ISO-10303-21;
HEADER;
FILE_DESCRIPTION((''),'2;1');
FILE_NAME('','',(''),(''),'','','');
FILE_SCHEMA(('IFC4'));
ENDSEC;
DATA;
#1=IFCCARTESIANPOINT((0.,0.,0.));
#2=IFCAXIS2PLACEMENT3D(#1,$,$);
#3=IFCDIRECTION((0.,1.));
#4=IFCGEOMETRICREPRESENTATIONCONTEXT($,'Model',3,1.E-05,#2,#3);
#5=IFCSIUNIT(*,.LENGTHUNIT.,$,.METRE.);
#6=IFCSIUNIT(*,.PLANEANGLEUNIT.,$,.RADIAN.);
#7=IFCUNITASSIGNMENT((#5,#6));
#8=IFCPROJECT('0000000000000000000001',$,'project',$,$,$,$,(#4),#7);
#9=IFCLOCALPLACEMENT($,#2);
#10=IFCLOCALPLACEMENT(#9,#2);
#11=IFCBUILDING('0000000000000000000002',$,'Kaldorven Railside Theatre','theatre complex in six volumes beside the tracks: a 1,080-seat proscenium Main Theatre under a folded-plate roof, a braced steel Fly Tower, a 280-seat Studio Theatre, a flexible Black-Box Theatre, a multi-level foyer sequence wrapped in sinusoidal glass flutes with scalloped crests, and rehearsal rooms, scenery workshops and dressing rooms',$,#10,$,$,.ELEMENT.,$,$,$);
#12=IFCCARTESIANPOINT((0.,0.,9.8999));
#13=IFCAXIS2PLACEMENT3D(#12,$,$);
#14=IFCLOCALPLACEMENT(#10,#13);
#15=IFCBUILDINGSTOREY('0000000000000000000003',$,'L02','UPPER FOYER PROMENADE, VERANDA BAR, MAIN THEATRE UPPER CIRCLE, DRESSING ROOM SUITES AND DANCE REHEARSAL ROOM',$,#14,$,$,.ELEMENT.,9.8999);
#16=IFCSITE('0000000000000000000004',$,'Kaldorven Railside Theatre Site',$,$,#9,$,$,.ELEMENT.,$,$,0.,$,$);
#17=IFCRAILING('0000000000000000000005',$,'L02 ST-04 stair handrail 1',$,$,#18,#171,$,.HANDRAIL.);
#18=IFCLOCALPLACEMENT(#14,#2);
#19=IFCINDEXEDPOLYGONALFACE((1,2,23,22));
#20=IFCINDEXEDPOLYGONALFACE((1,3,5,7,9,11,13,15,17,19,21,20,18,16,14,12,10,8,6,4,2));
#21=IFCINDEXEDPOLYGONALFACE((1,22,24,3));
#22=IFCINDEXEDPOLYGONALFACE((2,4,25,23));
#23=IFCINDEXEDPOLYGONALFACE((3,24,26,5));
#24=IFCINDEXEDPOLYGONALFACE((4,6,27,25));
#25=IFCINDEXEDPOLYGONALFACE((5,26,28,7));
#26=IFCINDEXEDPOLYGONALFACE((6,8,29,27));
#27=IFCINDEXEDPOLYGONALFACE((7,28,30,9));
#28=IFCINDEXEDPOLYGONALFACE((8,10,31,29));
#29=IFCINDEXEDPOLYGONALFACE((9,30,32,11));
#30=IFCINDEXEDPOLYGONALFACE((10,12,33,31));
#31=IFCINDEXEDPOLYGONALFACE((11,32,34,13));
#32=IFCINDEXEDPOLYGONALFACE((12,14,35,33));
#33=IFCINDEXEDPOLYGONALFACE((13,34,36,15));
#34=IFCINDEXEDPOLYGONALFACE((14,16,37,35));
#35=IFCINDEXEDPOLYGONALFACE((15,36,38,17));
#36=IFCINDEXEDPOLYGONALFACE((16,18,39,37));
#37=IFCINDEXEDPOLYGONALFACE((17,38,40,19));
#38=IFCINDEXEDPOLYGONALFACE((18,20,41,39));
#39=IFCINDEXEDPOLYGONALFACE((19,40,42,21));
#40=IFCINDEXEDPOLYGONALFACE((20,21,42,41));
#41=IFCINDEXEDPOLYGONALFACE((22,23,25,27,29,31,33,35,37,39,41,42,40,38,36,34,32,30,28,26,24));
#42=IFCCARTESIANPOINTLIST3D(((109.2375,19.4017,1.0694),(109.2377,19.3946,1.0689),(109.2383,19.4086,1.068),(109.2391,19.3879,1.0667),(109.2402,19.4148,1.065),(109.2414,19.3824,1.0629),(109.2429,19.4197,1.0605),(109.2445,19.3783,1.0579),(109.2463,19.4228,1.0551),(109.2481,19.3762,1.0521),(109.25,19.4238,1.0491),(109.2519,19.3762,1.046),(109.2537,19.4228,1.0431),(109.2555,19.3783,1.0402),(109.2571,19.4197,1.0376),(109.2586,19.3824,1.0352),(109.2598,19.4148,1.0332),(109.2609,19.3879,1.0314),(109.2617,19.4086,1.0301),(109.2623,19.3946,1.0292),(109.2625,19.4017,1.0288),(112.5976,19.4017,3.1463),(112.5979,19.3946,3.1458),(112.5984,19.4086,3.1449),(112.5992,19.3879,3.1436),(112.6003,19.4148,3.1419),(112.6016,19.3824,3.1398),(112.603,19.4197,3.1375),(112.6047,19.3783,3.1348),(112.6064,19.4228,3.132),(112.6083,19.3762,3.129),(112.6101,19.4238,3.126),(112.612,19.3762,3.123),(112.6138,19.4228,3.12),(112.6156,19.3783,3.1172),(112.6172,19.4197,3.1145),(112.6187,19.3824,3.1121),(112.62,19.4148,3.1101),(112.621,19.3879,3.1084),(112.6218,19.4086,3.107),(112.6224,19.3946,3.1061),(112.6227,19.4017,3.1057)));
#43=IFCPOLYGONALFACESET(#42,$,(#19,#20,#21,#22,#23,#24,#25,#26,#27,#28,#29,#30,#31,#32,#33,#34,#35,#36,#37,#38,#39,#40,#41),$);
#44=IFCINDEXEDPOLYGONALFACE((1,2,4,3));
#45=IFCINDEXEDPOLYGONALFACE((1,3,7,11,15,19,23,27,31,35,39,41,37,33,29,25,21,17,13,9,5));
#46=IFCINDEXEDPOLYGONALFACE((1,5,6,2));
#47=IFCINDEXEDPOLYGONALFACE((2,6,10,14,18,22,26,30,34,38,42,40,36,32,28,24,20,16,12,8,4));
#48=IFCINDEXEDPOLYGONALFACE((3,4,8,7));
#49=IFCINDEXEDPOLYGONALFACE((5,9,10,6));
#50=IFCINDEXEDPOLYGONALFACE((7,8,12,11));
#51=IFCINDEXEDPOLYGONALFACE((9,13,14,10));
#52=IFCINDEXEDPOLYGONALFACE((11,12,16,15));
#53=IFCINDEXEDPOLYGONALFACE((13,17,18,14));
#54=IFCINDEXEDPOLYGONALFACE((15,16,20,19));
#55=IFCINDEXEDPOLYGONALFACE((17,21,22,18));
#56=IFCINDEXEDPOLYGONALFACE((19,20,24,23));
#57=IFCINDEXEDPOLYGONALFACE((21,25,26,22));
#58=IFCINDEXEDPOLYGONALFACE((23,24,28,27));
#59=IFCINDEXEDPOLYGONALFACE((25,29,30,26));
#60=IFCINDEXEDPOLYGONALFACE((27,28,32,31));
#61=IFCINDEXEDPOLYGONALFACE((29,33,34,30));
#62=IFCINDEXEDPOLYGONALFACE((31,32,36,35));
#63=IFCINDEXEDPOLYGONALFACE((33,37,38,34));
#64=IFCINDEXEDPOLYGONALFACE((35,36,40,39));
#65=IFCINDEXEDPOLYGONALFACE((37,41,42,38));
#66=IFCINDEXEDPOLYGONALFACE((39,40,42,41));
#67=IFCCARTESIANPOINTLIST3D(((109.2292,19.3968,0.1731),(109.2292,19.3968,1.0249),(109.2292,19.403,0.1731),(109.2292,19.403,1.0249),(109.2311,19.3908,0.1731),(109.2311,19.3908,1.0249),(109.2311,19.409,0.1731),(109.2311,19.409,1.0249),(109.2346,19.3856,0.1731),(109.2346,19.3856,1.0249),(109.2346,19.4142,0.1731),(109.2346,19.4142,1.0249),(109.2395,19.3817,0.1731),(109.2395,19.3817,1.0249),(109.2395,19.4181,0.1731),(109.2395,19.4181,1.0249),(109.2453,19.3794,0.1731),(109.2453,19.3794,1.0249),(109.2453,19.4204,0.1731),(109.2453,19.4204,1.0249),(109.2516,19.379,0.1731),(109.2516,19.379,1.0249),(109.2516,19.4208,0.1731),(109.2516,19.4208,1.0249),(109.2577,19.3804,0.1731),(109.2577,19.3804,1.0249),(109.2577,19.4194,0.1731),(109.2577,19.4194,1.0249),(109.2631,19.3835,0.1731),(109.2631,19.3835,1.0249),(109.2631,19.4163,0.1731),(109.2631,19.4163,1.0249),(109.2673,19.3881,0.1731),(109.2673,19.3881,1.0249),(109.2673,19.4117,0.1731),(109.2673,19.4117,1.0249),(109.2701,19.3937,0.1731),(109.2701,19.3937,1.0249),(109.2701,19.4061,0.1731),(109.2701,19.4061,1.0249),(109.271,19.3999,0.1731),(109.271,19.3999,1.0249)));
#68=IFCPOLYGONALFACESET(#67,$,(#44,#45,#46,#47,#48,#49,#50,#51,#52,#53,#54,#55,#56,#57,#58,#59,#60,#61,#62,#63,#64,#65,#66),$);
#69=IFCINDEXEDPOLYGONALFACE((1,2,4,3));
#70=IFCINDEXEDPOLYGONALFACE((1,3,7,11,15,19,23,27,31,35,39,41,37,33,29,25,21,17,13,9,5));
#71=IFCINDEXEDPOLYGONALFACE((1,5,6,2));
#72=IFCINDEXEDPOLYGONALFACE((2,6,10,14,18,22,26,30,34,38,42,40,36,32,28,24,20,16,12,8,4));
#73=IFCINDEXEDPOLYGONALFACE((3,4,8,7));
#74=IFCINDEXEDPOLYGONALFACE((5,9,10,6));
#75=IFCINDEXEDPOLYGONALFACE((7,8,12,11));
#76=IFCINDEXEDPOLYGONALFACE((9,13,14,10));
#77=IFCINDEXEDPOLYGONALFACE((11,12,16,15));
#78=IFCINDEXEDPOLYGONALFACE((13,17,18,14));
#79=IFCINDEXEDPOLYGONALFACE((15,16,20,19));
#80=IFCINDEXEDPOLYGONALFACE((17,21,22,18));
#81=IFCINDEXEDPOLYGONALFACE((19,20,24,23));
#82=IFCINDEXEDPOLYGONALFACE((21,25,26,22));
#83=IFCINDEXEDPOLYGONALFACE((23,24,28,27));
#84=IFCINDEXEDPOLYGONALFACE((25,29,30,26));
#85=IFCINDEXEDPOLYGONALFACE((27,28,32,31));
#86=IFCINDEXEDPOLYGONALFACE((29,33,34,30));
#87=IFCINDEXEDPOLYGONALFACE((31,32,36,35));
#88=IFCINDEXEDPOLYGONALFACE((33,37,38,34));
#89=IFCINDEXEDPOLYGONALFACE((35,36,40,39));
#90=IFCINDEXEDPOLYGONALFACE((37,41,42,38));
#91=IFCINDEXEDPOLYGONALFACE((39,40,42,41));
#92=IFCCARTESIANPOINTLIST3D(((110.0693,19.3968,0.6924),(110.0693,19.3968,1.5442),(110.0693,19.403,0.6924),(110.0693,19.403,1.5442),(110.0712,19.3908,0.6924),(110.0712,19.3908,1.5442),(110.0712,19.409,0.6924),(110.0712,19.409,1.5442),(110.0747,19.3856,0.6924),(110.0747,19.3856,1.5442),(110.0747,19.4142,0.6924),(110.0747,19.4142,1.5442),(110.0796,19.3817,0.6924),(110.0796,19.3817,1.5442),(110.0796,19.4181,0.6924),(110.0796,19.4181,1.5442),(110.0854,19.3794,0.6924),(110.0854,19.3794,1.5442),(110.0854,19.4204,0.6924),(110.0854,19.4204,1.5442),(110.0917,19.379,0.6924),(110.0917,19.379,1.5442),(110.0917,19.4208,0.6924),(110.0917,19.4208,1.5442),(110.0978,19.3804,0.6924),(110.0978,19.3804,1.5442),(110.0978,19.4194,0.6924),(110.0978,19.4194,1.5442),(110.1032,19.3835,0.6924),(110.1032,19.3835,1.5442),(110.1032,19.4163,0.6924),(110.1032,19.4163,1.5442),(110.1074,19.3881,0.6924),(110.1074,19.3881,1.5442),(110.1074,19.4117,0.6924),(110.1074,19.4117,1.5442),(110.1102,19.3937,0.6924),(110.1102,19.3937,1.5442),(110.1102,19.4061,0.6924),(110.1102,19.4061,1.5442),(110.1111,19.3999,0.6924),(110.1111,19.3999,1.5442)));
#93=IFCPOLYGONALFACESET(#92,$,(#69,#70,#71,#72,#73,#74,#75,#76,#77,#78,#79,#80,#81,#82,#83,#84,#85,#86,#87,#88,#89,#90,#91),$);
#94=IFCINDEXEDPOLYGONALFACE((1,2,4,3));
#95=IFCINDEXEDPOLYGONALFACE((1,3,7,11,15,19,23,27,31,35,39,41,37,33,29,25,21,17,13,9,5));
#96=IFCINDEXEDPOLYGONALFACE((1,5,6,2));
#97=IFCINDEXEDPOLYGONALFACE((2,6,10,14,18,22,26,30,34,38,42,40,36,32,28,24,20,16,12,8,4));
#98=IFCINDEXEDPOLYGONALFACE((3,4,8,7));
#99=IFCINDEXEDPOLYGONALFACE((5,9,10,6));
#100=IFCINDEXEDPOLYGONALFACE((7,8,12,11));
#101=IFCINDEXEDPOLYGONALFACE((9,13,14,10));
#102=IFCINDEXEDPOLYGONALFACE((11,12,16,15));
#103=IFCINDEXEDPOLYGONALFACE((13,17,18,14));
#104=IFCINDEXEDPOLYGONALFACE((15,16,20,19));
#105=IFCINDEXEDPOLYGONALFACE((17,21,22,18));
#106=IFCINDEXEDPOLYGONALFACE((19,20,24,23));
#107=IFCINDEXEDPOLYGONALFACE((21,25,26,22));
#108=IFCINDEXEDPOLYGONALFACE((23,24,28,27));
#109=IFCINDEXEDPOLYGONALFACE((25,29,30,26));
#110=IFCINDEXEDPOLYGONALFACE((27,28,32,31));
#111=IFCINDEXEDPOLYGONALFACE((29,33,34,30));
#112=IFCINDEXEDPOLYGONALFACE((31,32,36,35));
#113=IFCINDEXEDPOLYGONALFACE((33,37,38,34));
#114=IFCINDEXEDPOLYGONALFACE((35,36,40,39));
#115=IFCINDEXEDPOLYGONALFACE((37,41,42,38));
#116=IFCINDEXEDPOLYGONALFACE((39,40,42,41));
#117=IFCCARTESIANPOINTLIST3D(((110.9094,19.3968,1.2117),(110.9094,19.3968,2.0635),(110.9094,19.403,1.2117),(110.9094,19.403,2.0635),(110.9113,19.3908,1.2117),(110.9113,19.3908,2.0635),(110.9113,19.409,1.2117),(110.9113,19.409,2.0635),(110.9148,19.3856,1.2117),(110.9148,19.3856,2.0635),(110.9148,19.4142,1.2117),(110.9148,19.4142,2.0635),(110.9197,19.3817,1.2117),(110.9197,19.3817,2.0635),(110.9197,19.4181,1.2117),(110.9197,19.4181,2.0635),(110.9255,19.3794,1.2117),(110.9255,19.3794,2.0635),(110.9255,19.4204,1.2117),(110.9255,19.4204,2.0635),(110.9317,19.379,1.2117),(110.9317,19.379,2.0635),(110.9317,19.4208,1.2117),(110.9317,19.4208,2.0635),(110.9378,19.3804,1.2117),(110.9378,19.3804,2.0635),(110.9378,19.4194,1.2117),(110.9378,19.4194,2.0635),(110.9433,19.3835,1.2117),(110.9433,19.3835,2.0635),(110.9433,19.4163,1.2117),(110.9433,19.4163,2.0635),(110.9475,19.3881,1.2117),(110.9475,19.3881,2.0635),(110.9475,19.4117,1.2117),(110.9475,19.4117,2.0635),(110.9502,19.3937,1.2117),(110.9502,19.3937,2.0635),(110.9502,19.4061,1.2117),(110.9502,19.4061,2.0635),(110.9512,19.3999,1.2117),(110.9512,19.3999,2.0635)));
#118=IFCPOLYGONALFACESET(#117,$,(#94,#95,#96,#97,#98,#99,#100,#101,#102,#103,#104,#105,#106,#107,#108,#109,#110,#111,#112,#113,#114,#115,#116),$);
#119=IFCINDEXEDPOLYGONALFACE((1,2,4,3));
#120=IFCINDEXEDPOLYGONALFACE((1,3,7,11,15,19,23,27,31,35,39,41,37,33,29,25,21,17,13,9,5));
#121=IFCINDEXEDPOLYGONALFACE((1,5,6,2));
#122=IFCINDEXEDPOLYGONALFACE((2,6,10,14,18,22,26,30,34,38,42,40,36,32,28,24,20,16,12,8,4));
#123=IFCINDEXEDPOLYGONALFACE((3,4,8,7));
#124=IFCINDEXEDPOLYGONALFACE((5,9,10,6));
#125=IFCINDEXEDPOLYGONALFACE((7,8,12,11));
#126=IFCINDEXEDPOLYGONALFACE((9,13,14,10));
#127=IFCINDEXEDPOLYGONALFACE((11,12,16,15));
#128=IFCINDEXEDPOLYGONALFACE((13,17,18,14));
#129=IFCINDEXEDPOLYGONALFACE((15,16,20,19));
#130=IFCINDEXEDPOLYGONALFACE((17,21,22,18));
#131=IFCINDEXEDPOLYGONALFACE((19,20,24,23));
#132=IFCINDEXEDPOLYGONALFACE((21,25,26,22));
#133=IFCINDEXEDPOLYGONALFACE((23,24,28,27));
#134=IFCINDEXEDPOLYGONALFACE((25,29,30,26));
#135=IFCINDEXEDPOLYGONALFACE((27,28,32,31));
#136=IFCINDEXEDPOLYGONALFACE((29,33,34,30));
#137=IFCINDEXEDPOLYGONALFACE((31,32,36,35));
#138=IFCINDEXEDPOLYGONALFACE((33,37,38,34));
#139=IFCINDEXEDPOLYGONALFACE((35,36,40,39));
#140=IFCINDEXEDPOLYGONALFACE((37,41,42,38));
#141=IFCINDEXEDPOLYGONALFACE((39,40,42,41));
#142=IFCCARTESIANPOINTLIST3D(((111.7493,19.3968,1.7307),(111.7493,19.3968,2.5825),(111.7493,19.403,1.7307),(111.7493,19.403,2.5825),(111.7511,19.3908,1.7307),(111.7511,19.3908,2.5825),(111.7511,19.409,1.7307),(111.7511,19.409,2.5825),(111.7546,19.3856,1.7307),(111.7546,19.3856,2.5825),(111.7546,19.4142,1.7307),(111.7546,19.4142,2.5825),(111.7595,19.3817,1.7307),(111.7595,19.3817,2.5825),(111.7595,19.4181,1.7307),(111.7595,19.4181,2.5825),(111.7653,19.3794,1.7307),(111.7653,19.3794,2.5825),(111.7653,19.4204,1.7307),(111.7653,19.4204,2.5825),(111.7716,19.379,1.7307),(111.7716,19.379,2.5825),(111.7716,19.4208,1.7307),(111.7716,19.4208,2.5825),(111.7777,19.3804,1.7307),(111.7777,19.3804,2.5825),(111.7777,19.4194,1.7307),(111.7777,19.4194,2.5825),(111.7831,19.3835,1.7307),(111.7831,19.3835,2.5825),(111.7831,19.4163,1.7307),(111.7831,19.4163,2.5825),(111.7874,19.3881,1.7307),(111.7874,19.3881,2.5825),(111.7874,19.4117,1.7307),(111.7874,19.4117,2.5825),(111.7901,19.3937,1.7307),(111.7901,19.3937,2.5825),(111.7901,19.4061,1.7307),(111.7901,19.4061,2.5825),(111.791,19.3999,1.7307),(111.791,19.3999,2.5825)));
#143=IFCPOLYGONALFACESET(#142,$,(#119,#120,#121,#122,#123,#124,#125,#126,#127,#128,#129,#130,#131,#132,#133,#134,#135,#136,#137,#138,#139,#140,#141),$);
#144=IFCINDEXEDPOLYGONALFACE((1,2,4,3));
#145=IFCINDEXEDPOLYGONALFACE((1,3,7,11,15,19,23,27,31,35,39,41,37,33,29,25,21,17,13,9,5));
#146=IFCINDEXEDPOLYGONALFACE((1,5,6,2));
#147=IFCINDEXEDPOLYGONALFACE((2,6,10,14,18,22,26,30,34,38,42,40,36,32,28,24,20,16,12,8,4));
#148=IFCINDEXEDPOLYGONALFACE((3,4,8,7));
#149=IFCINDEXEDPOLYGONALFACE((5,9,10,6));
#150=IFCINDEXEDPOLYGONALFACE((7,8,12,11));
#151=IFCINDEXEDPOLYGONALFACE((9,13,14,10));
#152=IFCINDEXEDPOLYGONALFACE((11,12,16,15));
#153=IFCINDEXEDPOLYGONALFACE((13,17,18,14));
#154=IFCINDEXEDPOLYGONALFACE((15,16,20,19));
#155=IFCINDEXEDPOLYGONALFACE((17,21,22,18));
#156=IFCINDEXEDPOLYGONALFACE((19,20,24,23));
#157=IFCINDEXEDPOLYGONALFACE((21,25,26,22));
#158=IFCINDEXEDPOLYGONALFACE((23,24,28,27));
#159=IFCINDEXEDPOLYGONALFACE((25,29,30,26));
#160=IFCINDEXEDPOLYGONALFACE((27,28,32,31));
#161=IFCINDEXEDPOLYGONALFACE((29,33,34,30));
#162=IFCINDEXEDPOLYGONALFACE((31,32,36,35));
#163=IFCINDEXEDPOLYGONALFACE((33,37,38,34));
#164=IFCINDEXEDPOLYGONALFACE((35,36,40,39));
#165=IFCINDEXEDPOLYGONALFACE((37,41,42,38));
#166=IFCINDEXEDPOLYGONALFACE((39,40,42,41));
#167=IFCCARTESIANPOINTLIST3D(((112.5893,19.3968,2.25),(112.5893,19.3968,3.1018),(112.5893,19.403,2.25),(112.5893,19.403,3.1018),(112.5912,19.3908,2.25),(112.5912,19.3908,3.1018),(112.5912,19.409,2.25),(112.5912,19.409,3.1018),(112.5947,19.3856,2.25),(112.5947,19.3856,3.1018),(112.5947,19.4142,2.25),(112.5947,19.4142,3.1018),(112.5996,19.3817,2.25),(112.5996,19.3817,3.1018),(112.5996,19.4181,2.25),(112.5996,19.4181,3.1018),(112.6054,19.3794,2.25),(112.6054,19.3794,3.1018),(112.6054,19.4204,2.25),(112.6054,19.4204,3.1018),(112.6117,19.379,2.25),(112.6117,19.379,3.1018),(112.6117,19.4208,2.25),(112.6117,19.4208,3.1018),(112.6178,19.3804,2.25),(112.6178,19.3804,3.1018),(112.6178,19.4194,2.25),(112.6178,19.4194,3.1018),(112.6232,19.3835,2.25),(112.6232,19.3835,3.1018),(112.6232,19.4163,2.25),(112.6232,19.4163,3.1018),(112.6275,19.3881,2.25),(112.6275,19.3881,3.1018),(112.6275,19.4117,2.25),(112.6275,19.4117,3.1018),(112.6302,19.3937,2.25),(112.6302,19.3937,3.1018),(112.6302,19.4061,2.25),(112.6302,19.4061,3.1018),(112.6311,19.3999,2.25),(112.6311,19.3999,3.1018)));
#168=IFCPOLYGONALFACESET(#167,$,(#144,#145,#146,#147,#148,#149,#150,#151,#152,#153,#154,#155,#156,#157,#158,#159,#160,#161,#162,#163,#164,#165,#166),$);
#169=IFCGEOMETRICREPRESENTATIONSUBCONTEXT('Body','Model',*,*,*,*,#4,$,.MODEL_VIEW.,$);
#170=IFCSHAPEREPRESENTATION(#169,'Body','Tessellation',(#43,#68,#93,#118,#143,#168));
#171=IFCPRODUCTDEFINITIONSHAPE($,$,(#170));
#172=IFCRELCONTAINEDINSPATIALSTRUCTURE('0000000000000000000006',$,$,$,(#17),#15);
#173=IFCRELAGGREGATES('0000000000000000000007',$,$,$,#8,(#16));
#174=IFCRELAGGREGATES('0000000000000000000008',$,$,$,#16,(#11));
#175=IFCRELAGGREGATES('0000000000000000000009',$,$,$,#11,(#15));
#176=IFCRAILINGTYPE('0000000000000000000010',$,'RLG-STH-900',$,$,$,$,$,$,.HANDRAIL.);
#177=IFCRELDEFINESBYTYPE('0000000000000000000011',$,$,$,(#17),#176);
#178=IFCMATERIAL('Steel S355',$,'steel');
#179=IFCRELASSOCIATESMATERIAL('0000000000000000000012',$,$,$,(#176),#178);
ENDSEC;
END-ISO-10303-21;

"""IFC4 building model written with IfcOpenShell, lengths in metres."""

from ifc_helpers import new_model, si_unit, direction, frame, origin, origin_2d, place, context, subcontext, project, spatial, circle, extrude, material, type_object, element, save


model = new_model("IFC4")

# Units and contexts
model_context = context("Model", 3, precision=1e-05, world=origin(), true_north=direction((0.0, 1.0)))
body_context = subcontext(model_context, "Body", "Model", "MODEL_VIEW")
ifc_project = project(units=[si_unit("LENGTHUNIT", "METRE"), si_unit("PLANEANGLEUNIT", "RADIAN")], contexts=[model_context])

# Site, building, storey
site_placement = place(None, origin())
site = spatial("IfcSite", under=ifc_project, at=site_placement, Name="Kaldorven Railside Theatre Site", CompositionType="ELEMENT", RefElevation=0.0)
building_placement = place(site_placement, origin())
building = spatial("IfcBuilding", under=site, at=building_placement, Name="Kaldorven Railside Theatre", Description="theatre complex in six volumes beside the tracks: a 1,080-seat proscenium Main Theatre under a folded-plate roof, a braced steel Fly Tower, a 280-seat Studio Theatre, a flexible Black-Box Theatre, a multi-level foyer sequence wrapped in sinusoidal glass flutes with scalloped crests, and rehearsal rooms, scenery workshops and dressing rooms", CompositionType="ELEMENT")
storey_placement = place(building_placement, frame((0.0, 0.0, 9.8999)))
storey = spatial("IfcBuildingStorey", under=building, at=storey_placement, Name="L02", Description="UPPER FOYER PROMENADE, VERANDA BAR, MAIN THEATRE UPPER CIRCLE, DRESSING ROOM SUITES AND DANCE REHEARSAL ROOM", CompositionType="ELEMENT", Elevation=9.8999)

# Shared definitions
ifc_material_1 = material(Name="Steel S355", Category="steel")

# Railing
railing_type_1 = type_object("IfcRailingType", Name="RLG-STH-900", PredefinedType="HANDRAIL", material=ifc_material_1)
railing_1_placement = place(storey_placement, frame((109.25, 19.3999, 0.1731)))
element("IfcRailing", 1, at=railing_1_placement, inside=storey, type_object=railing_type_1, Name="L02 ST-04 stair handrail 1", PredefinedType="HANDRAIL", context=body_context, shape_type="SweptSolid", body=[
    extrude(circle(Radius=0.0239, at=origin_2d()), frame((0.0, 0.0, 0.876), z_axis=(0.850623, 0.0, 0.525776), x_axis=(0.0, 1.0, 0.0)), (0.0, 0.0, 1.0), 3.9502),
    extrude(circle(Radius=0.021, at=origin_2d()), origin(), (0.0, 0.0, 1.0), 0.8518),
    extrude(circle(Radius=0.021, at=origin_2d()), frame((0.8401, 0.0, 0.5193)), (0.0, 0.0, 1.0), 0.8518),
    extrude(circle(Radius=0.021, at=origin_2d()), frame((1.6802, 0.0, 1.0386)), (0.0, 0.0, 1.0), 0.8518),
    extrude(circle(Radius=0.021, at=origin_2d()), frame((2.52, 0.0, 1.5576)), (0.0, 0.0, 1.0), 0.8518),
    extrude(circle(Radius=0.021, at=origin_2d()), frame((3.3601, 0.0, 2.0769)), (0.0, 0.0, 1.0), 0.8518),
])

save(model, "model.ifc")
